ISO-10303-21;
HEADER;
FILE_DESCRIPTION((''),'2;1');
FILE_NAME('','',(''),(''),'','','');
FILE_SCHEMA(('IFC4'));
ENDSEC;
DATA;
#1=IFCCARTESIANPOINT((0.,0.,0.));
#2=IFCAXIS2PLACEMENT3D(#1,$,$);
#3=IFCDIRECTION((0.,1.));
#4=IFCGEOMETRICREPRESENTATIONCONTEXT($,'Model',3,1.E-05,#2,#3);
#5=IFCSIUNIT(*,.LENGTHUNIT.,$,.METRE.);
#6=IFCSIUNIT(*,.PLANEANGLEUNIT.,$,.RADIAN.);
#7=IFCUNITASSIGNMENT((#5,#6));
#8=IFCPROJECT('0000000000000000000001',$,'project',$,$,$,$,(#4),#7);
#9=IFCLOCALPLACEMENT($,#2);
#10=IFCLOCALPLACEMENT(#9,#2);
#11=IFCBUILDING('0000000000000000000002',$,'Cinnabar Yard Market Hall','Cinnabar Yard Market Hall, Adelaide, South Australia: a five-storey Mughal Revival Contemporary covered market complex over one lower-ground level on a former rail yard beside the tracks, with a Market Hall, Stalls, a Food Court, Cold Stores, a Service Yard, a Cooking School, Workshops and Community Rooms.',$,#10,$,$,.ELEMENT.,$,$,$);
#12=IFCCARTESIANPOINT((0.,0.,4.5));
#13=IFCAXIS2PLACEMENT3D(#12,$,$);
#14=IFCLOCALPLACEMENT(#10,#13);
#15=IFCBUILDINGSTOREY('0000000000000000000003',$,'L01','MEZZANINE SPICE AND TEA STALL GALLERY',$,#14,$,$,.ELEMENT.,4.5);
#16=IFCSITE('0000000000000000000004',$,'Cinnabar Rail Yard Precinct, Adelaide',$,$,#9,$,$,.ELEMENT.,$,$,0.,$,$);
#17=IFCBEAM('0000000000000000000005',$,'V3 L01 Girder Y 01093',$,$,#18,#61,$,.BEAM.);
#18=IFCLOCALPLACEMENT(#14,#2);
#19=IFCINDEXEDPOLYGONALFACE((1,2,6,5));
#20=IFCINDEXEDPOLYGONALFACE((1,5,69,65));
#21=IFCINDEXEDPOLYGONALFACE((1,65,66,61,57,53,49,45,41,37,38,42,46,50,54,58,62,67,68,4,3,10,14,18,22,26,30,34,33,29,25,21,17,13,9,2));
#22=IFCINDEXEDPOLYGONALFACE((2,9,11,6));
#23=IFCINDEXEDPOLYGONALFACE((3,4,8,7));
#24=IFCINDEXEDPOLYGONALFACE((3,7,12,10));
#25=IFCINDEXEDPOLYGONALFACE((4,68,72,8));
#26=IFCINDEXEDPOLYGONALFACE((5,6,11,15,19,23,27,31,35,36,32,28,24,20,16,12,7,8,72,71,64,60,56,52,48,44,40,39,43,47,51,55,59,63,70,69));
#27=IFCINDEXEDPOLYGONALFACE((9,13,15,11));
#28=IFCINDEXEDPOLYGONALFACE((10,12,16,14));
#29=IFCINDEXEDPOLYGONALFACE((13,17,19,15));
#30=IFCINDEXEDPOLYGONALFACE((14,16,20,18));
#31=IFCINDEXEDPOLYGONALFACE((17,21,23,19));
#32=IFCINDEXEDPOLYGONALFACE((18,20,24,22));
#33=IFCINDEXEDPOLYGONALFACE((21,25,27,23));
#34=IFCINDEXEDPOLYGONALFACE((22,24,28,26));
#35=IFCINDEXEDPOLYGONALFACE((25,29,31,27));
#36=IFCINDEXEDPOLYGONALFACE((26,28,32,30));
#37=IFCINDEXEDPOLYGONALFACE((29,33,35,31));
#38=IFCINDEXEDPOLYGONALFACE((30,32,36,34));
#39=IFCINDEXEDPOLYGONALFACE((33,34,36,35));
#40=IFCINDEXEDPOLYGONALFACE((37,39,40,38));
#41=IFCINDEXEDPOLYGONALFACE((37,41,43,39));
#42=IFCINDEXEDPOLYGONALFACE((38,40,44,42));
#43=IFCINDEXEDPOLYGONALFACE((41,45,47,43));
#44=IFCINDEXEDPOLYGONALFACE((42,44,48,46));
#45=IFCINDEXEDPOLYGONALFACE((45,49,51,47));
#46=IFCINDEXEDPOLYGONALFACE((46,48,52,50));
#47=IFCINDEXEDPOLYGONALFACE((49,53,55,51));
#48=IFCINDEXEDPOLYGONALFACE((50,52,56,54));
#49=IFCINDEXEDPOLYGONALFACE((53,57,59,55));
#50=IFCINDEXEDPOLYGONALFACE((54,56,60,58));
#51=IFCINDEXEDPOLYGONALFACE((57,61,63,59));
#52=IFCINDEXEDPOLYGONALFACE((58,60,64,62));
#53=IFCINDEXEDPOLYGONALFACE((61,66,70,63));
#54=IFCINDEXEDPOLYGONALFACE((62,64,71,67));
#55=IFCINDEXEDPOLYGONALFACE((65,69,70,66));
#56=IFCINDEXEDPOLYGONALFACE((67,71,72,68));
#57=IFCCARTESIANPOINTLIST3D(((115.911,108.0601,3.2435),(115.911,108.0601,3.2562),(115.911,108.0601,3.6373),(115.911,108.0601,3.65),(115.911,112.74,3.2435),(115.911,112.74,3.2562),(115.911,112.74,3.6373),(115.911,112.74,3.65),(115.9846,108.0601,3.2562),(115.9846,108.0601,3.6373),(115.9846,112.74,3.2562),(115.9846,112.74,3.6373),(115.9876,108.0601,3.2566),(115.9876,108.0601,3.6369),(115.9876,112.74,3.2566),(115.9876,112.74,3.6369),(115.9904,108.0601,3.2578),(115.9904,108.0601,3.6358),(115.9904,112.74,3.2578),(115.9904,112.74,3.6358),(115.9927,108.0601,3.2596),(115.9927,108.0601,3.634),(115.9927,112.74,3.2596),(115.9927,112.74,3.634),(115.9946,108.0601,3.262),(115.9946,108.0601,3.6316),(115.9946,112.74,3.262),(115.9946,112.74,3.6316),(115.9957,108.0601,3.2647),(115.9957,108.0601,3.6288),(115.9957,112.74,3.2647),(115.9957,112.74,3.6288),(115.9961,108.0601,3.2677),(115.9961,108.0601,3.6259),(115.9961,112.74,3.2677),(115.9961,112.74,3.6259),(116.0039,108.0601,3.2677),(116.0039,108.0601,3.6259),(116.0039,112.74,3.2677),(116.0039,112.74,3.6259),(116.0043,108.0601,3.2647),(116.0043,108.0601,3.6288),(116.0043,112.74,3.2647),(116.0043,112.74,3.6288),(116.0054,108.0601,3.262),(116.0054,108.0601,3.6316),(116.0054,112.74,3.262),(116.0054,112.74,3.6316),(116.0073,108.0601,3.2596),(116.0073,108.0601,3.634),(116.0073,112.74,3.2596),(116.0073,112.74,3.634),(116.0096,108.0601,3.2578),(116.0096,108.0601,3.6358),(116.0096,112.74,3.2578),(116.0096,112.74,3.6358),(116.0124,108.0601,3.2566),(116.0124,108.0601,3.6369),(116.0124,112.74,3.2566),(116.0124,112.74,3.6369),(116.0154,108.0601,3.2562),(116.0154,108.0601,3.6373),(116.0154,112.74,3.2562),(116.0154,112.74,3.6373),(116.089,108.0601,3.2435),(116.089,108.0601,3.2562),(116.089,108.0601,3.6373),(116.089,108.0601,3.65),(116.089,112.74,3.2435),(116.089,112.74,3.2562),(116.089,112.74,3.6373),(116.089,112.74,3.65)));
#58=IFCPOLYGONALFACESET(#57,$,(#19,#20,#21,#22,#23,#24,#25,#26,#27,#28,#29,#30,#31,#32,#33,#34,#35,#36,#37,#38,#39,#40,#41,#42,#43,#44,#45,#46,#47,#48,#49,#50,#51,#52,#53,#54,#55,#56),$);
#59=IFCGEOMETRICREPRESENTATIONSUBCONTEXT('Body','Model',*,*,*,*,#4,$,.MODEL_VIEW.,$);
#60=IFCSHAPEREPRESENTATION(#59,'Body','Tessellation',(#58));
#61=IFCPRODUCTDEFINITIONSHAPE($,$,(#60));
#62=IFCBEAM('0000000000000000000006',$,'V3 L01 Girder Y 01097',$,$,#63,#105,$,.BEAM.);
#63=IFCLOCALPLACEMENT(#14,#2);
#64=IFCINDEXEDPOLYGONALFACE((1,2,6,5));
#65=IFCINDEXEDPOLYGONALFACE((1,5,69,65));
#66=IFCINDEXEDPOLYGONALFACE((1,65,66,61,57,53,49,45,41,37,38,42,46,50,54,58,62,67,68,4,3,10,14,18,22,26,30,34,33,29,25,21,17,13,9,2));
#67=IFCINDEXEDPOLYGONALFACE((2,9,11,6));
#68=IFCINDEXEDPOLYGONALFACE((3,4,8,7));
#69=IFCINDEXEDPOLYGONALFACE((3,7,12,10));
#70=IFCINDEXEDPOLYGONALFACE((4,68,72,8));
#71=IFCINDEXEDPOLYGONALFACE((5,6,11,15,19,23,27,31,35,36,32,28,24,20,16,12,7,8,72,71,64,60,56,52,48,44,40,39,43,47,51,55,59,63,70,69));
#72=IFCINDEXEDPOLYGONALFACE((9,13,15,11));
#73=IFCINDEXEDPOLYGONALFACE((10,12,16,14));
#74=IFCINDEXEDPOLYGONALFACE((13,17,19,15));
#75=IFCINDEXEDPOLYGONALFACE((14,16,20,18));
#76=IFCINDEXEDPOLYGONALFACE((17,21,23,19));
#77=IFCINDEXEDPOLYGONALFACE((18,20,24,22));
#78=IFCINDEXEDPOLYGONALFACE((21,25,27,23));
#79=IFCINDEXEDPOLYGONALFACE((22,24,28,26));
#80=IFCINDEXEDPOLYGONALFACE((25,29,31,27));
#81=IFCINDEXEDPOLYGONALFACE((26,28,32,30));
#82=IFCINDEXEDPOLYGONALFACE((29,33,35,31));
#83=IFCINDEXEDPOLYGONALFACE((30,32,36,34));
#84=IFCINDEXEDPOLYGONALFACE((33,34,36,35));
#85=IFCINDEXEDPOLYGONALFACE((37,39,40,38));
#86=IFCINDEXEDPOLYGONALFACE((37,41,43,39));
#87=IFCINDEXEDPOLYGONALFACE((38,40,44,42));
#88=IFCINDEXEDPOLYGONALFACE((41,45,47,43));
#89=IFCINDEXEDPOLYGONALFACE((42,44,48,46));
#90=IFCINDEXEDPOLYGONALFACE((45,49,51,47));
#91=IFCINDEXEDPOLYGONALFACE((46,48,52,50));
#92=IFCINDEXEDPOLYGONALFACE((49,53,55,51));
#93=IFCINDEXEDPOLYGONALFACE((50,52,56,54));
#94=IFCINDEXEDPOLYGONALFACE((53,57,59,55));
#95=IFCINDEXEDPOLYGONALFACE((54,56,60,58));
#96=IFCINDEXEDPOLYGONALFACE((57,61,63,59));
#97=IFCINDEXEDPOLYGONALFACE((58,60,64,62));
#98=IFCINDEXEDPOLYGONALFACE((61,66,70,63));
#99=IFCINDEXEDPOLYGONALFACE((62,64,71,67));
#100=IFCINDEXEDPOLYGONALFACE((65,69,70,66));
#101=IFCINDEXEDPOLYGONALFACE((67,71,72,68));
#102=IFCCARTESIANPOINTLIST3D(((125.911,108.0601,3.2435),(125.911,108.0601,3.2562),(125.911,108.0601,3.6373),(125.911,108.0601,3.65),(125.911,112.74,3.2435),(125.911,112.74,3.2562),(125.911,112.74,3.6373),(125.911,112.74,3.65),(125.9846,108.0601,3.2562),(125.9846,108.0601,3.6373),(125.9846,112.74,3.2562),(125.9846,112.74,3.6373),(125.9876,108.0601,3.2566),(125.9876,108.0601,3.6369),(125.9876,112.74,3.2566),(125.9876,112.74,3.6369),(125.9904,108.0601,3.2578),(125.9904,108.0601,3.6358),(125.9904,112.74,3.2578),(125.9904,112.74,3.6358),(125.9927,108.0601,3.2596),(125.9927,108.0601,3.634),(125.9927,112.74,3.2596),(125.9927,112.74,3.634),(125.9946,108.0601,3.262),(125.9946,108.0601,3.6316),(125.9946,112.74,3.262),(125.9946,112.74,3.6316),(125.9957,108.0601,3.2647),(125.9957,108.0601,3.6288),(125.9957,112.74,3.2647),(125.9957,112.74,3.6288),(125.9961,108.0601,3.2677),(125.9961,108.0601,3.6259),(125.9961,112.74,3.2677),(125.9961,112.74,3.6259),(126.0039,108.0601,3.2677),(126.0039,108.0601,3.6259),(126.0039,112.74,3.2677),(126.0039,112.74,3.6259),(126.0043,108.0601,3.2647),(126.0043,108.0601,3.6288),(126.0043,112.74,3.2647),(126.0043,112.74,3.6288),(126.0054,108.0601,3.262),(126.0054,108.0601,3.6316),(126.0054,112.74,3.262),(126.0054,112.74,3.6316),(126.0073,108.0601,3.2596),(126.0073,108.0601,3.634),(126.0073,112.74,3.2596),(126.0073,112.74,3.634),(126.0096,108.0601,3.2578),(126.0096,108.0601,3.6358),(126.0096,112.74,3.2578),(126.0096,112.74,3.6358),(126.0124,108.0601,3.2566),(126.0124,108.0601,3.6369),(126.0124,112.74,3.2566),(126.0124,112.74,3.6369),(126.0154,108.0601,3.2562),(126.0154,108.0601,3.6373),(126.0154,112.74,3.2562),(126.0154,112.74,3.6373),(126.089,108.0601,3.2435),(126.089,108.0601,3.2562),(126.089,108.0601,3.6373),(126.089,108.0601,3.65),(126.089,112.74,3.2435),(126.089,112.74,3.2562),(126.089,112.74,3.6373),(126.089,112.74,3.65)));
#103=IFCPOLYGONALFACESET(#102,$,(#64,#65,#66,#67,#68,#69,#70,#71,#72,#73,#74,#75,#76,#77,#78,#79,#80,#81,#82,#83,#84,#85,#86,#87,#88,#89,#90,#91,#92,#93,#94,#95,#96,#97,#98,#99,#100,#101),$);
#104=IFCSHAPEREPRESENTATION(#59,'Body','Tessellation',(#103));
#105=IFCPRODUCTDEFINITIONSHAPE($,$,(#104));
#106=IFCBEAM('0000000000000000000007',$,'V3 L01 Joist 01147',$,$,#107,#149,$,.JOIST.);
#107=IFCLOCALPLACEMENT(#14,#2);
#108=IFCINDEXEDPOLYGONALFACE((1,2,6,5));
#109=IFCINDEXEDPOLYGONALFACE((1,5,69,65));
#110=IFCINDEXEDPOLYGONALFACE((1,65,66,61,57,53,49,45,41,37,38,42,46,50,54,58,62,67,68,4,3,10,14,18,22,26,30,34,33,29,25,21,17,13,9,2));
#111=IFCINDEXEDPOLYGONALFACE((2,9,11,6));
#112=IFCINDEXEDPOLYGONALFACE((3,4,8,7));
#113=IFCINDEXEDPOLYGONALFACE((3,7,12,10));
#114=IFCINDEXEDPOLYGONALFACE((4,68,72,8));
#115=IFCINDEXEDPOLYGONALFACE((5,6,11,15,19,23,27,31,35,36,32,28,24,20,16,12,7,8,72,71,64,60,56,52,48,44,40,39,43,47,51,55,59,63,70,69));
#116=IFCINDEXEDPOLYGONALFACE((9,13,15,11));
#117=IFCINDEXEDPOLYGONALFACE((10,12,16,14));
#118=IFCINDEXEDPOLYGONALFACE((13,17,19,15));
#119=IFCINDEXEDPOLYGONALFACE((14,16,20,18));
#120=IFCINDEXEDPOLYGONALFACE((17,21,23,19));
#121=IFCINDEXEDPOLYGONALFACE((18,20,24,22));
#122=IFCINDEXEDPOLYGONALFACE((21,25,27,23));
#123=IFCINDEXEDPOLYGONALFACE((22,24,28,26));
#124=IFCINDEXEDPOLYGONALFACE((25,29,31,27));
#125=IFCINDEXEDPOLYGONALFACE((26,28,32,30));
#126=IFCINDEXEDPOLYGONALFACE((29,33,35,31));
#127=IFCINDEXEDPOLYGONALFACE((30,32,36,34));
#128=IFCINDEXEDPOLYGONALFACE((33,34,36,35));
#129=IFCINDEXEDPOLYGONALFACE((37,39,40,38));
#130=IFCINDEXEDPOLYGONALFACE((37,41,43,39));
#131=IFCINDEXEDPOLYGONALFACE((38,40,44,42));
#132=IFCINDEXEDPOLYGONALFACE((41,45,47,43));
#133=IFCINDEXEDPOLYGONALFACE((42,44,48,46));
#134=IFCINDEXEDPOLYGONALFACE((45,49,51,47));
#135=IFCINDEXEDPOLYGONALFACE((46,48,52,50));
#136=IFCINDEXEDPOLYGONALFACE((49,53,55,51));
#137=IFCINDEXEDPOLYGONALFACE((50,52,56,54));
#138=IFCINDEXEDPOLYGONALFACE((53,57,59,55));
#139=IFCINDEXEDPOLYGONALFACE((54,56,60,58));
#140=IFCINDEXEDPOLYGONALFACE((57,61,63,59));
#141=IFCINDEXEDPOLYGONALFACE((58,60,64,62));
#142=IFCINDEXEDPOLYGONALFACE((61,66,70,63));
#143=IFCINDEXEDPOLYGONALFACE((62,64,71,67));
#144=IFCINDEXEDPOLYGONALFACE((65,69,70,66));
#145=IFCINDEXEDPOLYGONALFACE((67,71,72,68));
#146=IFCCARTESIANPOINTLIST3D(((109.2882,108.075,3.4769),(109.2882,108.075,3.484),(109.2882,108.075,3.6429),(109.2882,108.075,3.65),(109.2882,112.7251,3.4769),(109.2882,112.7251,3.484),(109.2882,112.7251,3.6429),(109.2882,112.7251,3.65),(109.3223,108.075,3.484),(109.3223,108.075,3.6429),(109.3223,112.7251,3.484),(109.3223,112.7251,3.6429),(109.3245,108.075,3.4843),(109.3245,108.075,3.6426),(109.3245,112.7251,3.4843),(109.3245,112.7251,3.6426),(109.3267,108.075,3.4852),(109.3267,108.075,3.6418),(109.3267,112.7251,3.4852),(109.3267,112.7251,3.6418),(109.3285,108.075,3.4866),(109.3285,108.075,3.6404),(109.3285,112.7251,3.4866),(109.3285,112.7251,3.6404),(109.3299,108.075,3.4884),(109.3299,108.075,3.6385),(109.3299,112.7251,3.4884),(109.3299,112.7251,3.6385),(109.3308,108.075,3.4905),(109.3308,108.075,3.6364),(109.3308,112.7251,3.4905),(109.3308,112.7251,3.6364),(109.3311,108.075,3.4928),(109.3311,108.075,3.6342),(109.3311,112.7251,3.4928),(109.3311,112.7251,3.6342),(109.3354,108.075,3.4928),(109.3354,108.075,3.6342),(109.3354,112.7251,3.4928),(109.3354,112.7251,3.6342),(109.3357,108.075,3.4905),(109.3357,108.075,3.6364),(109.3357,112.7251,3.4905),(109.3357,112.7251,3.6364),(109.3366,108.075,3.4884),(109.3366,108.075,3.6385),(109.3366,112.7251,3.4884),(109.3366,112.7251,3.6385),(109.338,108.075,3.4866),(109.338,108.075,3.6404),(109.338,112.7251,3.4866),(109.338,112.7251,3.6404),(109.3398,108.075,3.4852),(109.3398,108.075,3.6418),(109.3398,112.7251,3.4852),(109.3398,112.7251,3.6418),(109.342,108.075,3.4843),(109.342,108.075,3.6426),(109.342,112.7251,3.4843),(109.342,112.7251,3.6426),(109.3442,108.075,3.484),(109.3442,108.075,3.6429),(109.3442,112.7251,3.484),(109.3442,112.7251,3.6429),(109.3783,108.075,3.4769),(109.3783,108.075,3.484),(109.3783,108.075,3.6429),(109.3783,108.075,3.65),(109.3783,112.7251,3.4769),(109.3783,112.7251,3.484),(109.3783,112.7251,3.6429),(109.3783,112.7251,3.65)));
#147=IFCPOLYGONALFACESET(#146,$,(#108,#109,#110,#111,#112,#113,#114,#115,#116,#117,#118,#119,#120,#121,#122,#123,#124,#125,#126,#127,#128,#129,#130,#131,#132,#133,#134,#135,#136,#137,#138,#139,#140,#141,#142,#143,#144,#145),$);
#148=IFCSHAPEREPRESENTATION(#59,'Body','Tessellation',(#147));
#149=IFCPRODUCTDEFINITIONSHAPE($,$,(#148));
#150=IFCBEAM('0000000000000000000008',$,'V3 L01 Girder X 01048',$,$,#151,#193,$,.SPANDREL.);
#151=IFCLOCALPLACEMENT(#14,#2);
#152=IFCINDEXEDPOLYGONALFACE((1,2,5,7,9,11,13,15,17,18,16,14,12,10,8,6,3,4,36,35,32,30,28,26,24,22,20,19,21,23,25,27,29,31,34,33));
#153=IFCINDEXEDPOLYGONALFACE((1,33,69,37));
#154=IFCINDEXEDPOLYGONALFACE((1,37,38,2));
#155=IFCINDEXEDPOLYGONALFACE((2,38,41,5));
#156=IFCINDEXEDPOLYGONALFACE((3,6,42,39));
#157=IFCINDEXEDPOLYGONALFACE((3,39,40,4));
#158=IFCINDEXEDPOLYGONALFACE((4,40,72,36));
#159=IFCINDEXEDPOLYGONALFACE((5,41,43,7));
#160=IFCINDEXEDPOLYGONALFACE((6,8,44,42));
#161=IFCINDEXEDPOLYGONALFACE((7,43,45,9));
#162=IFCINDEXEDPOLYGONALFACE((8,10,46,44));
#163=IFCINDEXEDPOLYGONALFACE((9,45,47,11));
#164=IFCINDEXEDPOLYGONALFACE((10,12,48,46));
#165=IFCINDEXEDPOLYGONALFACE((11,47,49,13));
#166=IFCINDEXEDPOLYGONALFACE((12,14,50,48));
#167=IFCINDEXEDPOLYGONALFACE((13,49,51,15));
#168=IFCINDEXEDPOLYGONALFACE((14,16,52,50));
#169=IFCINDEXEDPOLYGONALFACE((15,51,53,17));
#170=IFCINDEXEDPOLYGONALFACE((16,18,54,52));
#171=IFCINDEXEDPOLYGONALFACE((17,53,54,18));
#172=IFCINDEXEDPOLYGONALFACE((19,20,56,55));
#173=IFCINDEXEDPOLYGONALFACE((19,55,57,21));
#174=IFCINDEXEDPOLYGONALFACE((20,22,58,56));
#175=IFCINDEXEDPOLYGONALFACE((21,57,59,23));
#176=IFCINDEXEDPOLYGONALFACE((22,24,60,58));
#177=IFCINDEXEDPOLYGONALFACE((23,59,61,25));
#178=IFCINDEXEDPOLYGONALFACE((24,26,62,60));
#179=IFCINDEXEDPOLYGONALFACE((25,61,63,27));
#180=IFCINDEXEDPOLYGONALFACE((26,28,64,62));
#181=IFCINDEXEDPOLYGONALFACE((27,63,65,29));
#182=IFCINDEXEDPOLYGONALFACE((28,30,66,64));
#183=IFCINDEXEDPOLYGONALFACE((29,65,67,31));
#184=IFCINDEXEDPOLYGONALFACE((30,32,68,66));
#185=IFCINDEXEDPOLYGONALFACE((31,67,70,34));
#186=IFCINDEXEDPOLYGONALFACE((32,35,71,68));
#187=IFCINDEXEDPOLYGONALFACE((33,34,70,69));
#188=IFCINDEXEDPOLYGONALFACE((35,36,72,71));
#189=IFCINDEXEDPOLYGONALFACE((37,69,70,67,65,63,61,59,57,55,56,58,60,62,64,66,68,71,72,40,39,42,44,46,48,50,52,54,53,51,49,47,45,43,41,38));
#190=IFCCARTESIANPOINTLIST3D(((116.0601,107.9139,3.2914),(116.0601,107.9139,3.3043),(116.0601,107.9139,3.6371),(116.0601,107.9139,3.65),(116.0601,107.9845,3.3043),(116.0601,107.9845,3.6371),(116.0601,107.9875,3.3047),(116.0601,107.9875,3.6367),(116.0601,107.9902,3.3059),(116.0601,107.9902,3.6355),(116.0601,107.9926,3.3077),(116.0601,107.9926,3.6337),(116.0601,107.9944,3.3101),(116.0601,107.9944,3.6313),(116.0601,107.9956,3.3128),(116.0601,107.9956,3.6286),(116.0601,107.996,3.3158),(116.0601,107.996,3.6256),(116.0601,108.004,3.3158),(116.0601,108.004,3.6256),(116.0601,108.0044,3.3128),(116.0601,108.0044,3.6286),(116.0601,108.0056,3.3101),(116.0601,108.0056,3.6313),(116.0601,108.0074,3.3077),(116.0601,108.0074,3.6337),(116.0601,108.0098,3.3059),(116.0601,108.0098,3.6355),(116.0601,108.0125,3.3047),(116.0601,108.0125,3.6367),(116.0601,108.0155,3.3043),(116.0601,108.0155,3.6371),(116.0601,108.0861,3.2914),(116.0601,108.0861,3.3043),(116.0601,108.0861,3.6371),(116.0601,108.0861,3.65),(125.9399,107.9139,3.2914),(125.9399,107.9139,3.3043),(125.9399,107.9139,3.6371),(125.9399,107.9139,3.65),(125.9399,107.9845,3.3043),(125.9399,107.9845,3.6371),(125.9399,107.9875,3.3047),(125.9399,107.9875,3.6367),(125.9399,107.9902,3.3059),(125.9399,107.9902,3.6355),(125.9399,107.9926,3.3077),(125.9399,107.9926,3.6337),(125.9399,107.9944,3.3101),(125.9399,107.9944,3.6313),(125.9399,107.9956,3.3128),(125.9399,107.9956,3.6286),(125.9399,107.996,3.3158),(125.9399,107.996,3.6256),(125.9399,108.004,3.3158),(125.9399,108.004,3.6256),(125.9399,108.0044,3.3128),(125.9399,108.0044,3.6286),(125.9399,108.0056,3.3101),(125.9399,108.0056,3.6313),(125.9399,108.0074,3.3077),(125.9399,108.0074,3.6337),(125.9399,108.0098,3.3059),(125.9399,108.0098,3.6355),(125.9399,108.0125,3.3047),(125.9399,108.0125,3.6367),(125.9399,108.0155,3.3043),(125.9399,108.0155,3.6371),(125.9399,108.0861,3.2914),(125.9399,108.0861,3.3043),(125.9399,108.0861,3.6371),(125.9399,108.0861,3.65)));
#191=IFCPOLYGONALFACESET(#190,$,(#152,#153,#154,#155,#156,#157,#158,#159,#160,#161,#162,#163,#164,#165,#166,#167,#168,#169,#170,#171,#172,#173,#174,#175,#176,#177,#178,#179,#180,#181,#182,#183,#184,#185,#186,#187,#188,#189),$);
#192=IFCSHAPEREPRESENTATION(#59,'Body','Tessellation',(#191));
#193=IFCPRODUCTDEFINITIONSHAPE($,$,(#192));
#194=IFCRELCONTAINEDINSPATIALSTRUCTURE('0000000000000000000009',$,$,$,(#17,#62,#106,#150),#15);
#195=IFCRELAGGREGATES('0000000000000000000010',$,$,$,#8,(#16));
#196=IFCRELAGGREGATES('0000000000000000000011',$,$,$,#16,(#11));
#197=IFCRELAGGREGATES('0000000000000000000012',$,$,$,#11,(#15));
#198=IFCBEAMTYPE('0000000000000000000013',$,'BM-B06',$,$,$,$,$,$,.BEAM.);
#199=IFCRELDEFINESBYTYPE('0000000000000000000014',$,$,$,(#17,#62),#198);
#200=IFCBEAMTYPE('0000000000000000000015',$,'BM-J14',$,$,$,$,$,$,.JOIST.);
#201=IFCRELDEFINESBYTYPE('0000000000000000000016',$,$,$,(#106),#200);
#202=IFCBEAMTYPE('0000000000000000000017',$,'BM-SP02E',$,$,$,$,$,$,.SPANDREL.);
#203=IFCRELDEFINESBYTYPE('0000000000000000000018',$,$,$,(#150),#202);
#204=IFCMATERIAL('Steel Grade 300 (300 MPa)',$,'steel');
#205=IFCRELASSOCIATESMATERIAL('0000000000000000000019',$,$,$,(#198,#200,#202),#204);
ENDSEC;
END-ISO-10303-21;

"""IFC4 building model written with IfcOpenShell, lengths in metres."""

from ifc_helpers import new_model, si_unit, direction, frame, origin, origin_2d_with_axis, place, context, subcontext, project, spatial, i_section, extrude, material, material_profile, profile_set, type_object, element, save


model = new_model("IFC4")

# Units and contexts
model_context = context("Model", 3, precision=1e-05, world=origin(), true_north=direction((0.0, 1.0)))
body_context = subcontext(model_context, "Body", "Model", "MODEL_VIEW")
ifc_project = project(units=[si_unit("LENGTHUNIT", "METRE"), si_unit("PLANEANGLEUNIT", "RADIAN")], contexts=[model_context])

# Site, building, storey
site_placement = place(None, origin())
site = spatial("IfcSite", under=ifc_project, at=site_placement, Name="Cinnabar Rail Yard Precinct, Adelaide", CompositionType="ELEMENT", RefElevation=0.0)
building_placement = place(site_placement, origin())
building = spatial("IfcBuilding", under=site, at=building_placement, Name="Cinnabar Yard Market Hall", Description="Cinnabar Yard Market Hall, Adelaide, South Australia: a five-storey Mughal Revival Contemporary covered market complex over one lower-ground level on a former rail yard beside the tracks, with a Market Hall, Stalls, a Food Court, Cold Stores, a Service Yard, a Cooking School, Workshops and Community Rooms.", CompositionType="ELEMENT")
storey_placement = place(building_placement, frame((0.0, 0.0, 4.5)))
storey = spatial("IfcBuildingStorey", under=building, at=storey_placement, Name="L01", Description="MEZZANINE SPICE AND TEA STALL GALLERY", CompositionType="ELEMENT", Elevation=4.5)

# Shared definitions
ifc_material_1 = material(Name="Steel Grade 300 (300 MPa)", Category="steel")

# Beams
ifc_material_profile_1 = material_profile(ifc_material_1, i_section(OverallWidth=0.178, OverallDepth=0.4065, WebThickness=0.0078, FlangeThickness=0.0127, FilletRadius=0.0115, at=origin_2d_with_axis()), Name="410UB59.7")
ifc_profile_set_1 = profile_set([ifc_material_profile_1], Name="Steel Grade 300 (300 MPa)")
beam_type_1 = type_object("IfcBeamType", Name="BM-B06", PredefinedType="BEAM", material=ifc_profile_set_1)
for number, where, z_axis, x_axis, name in (
    (1, (116.0, 108.0601, 3.4468), (0.0, 1.0, 0.0), (-1.0, 0.0, 0.0), "V3 L01 Girder Y 01093"),
    (2, (126.0, 108.0601, 3.4468), (0.0, 1.0, 0.0), (-1.0, 0.0, 0.0), "V3 L01 Girder Y 01097"),
):
    element("IfcBeam", number, at=place(storey_placement, frame(where, z_axis=z_axis, x_axis=x_axis)), inside=storey, type_object=beam_type_1, Name=name, PredefinedType="BEAM", context=body_context, shape_type="SweptSolid", body=[
        extrude(i_section(OverallWidth=0.178, OverallDepth=0.4065, WebThickness=0.0078, FlangeThickness=0.0127, FilletRadius=0.0115, at=origin_2d_with_axis()), origin(), (0.0, 0.0, 1.0), 4.6799),
    ])
ifc_material_profile_2 = material_profile(ifc_material_1, i_section(OverallWidth=0.0901, OverallDepth=0.1731, WebThickness=0.0044, FlangeThickness=0.0071, FilletRadius=0.0088, at=origin_2d_with_axis()), Name="180UB16.1")
ifc_profile_set_2 = profile_set([ifc_material_profile_2], Name="Steel Grade 300 (300 MPa)")
beam_type_2 = type_object("IfcBeamType", Name="BM-J14", PredefinedType="JOIST", material=ifc_profile_set_2)
beam_placement = place(storey_placement, frame((109.3333, 108.075, 3.5635), z_axis=(0.0, 1.0, 0.0), x_axis=(-1.0, 0.0, 0.0)))
element("IfcBeam", 3, at=beam_placement, inside=storey, type_object=beam_type_2, Name="V3 L01 Joist 01147", PredefinedType="JOIST", context=body_context, shape_type="SweptSolid", body=[
    extrude(i_section(OverallWidth=0.0901, OverallDepth=0.1731, WebThickness=0.0044, FlangeThickness=0.0071, FilletRadius=0.0088, at=origin_2d_with_axis()), origin(), (0.0, 0.0, 1.0), 4.6501),
])
ifc_material_profile_3 = material_profile(ifc_material_1, i_section(OverallWidth=0.1721, OverallDepth=0.3586, WebThickness=0.0081, FlangeThickness=0.0129, FilletRadius=0.0115, at=origin_2d_with_axis()), Name="360UB56.7")
ifc_profile_set_3 = profile_set([ifc_material_profile_3], Name="Steel Grade 300 (300 MPa)")
beam_type_3 = type_object("IfcBeamType", Name="BM-SP02E", PredefinedType="SPANDREL", material=ifc_profile_set_3)
for number, where, z_axis, x_axis, name in (
    (4, (116.0601, 108.0, 3.4707), (1.0, 0.0, 0.0), (0.0, 1.0, 0.0), "V3 L01 Girder X 01048"),
):
    element("IfcBeam", number, at=place(storey_placement, frame(where, z_axis=z_axis, x_axis=x_axis)), inside=storey, type_object=beam_type_3, Name=name, PredefinedType="SPANDREL", context=body_context, shape_type="SweptSolid", body=[
        extrude(i_section(OverallWidth=0.1721, OverallDepth=0.3586, WebThickness=0.0081, FlangeThickness=0.0129, FilletRadius=0.0115, at=origin_2d_with_axis()), origin(), (0.0, 0.0, 1.0), 9.8799),
    ])

save(model, "model.ifc")
